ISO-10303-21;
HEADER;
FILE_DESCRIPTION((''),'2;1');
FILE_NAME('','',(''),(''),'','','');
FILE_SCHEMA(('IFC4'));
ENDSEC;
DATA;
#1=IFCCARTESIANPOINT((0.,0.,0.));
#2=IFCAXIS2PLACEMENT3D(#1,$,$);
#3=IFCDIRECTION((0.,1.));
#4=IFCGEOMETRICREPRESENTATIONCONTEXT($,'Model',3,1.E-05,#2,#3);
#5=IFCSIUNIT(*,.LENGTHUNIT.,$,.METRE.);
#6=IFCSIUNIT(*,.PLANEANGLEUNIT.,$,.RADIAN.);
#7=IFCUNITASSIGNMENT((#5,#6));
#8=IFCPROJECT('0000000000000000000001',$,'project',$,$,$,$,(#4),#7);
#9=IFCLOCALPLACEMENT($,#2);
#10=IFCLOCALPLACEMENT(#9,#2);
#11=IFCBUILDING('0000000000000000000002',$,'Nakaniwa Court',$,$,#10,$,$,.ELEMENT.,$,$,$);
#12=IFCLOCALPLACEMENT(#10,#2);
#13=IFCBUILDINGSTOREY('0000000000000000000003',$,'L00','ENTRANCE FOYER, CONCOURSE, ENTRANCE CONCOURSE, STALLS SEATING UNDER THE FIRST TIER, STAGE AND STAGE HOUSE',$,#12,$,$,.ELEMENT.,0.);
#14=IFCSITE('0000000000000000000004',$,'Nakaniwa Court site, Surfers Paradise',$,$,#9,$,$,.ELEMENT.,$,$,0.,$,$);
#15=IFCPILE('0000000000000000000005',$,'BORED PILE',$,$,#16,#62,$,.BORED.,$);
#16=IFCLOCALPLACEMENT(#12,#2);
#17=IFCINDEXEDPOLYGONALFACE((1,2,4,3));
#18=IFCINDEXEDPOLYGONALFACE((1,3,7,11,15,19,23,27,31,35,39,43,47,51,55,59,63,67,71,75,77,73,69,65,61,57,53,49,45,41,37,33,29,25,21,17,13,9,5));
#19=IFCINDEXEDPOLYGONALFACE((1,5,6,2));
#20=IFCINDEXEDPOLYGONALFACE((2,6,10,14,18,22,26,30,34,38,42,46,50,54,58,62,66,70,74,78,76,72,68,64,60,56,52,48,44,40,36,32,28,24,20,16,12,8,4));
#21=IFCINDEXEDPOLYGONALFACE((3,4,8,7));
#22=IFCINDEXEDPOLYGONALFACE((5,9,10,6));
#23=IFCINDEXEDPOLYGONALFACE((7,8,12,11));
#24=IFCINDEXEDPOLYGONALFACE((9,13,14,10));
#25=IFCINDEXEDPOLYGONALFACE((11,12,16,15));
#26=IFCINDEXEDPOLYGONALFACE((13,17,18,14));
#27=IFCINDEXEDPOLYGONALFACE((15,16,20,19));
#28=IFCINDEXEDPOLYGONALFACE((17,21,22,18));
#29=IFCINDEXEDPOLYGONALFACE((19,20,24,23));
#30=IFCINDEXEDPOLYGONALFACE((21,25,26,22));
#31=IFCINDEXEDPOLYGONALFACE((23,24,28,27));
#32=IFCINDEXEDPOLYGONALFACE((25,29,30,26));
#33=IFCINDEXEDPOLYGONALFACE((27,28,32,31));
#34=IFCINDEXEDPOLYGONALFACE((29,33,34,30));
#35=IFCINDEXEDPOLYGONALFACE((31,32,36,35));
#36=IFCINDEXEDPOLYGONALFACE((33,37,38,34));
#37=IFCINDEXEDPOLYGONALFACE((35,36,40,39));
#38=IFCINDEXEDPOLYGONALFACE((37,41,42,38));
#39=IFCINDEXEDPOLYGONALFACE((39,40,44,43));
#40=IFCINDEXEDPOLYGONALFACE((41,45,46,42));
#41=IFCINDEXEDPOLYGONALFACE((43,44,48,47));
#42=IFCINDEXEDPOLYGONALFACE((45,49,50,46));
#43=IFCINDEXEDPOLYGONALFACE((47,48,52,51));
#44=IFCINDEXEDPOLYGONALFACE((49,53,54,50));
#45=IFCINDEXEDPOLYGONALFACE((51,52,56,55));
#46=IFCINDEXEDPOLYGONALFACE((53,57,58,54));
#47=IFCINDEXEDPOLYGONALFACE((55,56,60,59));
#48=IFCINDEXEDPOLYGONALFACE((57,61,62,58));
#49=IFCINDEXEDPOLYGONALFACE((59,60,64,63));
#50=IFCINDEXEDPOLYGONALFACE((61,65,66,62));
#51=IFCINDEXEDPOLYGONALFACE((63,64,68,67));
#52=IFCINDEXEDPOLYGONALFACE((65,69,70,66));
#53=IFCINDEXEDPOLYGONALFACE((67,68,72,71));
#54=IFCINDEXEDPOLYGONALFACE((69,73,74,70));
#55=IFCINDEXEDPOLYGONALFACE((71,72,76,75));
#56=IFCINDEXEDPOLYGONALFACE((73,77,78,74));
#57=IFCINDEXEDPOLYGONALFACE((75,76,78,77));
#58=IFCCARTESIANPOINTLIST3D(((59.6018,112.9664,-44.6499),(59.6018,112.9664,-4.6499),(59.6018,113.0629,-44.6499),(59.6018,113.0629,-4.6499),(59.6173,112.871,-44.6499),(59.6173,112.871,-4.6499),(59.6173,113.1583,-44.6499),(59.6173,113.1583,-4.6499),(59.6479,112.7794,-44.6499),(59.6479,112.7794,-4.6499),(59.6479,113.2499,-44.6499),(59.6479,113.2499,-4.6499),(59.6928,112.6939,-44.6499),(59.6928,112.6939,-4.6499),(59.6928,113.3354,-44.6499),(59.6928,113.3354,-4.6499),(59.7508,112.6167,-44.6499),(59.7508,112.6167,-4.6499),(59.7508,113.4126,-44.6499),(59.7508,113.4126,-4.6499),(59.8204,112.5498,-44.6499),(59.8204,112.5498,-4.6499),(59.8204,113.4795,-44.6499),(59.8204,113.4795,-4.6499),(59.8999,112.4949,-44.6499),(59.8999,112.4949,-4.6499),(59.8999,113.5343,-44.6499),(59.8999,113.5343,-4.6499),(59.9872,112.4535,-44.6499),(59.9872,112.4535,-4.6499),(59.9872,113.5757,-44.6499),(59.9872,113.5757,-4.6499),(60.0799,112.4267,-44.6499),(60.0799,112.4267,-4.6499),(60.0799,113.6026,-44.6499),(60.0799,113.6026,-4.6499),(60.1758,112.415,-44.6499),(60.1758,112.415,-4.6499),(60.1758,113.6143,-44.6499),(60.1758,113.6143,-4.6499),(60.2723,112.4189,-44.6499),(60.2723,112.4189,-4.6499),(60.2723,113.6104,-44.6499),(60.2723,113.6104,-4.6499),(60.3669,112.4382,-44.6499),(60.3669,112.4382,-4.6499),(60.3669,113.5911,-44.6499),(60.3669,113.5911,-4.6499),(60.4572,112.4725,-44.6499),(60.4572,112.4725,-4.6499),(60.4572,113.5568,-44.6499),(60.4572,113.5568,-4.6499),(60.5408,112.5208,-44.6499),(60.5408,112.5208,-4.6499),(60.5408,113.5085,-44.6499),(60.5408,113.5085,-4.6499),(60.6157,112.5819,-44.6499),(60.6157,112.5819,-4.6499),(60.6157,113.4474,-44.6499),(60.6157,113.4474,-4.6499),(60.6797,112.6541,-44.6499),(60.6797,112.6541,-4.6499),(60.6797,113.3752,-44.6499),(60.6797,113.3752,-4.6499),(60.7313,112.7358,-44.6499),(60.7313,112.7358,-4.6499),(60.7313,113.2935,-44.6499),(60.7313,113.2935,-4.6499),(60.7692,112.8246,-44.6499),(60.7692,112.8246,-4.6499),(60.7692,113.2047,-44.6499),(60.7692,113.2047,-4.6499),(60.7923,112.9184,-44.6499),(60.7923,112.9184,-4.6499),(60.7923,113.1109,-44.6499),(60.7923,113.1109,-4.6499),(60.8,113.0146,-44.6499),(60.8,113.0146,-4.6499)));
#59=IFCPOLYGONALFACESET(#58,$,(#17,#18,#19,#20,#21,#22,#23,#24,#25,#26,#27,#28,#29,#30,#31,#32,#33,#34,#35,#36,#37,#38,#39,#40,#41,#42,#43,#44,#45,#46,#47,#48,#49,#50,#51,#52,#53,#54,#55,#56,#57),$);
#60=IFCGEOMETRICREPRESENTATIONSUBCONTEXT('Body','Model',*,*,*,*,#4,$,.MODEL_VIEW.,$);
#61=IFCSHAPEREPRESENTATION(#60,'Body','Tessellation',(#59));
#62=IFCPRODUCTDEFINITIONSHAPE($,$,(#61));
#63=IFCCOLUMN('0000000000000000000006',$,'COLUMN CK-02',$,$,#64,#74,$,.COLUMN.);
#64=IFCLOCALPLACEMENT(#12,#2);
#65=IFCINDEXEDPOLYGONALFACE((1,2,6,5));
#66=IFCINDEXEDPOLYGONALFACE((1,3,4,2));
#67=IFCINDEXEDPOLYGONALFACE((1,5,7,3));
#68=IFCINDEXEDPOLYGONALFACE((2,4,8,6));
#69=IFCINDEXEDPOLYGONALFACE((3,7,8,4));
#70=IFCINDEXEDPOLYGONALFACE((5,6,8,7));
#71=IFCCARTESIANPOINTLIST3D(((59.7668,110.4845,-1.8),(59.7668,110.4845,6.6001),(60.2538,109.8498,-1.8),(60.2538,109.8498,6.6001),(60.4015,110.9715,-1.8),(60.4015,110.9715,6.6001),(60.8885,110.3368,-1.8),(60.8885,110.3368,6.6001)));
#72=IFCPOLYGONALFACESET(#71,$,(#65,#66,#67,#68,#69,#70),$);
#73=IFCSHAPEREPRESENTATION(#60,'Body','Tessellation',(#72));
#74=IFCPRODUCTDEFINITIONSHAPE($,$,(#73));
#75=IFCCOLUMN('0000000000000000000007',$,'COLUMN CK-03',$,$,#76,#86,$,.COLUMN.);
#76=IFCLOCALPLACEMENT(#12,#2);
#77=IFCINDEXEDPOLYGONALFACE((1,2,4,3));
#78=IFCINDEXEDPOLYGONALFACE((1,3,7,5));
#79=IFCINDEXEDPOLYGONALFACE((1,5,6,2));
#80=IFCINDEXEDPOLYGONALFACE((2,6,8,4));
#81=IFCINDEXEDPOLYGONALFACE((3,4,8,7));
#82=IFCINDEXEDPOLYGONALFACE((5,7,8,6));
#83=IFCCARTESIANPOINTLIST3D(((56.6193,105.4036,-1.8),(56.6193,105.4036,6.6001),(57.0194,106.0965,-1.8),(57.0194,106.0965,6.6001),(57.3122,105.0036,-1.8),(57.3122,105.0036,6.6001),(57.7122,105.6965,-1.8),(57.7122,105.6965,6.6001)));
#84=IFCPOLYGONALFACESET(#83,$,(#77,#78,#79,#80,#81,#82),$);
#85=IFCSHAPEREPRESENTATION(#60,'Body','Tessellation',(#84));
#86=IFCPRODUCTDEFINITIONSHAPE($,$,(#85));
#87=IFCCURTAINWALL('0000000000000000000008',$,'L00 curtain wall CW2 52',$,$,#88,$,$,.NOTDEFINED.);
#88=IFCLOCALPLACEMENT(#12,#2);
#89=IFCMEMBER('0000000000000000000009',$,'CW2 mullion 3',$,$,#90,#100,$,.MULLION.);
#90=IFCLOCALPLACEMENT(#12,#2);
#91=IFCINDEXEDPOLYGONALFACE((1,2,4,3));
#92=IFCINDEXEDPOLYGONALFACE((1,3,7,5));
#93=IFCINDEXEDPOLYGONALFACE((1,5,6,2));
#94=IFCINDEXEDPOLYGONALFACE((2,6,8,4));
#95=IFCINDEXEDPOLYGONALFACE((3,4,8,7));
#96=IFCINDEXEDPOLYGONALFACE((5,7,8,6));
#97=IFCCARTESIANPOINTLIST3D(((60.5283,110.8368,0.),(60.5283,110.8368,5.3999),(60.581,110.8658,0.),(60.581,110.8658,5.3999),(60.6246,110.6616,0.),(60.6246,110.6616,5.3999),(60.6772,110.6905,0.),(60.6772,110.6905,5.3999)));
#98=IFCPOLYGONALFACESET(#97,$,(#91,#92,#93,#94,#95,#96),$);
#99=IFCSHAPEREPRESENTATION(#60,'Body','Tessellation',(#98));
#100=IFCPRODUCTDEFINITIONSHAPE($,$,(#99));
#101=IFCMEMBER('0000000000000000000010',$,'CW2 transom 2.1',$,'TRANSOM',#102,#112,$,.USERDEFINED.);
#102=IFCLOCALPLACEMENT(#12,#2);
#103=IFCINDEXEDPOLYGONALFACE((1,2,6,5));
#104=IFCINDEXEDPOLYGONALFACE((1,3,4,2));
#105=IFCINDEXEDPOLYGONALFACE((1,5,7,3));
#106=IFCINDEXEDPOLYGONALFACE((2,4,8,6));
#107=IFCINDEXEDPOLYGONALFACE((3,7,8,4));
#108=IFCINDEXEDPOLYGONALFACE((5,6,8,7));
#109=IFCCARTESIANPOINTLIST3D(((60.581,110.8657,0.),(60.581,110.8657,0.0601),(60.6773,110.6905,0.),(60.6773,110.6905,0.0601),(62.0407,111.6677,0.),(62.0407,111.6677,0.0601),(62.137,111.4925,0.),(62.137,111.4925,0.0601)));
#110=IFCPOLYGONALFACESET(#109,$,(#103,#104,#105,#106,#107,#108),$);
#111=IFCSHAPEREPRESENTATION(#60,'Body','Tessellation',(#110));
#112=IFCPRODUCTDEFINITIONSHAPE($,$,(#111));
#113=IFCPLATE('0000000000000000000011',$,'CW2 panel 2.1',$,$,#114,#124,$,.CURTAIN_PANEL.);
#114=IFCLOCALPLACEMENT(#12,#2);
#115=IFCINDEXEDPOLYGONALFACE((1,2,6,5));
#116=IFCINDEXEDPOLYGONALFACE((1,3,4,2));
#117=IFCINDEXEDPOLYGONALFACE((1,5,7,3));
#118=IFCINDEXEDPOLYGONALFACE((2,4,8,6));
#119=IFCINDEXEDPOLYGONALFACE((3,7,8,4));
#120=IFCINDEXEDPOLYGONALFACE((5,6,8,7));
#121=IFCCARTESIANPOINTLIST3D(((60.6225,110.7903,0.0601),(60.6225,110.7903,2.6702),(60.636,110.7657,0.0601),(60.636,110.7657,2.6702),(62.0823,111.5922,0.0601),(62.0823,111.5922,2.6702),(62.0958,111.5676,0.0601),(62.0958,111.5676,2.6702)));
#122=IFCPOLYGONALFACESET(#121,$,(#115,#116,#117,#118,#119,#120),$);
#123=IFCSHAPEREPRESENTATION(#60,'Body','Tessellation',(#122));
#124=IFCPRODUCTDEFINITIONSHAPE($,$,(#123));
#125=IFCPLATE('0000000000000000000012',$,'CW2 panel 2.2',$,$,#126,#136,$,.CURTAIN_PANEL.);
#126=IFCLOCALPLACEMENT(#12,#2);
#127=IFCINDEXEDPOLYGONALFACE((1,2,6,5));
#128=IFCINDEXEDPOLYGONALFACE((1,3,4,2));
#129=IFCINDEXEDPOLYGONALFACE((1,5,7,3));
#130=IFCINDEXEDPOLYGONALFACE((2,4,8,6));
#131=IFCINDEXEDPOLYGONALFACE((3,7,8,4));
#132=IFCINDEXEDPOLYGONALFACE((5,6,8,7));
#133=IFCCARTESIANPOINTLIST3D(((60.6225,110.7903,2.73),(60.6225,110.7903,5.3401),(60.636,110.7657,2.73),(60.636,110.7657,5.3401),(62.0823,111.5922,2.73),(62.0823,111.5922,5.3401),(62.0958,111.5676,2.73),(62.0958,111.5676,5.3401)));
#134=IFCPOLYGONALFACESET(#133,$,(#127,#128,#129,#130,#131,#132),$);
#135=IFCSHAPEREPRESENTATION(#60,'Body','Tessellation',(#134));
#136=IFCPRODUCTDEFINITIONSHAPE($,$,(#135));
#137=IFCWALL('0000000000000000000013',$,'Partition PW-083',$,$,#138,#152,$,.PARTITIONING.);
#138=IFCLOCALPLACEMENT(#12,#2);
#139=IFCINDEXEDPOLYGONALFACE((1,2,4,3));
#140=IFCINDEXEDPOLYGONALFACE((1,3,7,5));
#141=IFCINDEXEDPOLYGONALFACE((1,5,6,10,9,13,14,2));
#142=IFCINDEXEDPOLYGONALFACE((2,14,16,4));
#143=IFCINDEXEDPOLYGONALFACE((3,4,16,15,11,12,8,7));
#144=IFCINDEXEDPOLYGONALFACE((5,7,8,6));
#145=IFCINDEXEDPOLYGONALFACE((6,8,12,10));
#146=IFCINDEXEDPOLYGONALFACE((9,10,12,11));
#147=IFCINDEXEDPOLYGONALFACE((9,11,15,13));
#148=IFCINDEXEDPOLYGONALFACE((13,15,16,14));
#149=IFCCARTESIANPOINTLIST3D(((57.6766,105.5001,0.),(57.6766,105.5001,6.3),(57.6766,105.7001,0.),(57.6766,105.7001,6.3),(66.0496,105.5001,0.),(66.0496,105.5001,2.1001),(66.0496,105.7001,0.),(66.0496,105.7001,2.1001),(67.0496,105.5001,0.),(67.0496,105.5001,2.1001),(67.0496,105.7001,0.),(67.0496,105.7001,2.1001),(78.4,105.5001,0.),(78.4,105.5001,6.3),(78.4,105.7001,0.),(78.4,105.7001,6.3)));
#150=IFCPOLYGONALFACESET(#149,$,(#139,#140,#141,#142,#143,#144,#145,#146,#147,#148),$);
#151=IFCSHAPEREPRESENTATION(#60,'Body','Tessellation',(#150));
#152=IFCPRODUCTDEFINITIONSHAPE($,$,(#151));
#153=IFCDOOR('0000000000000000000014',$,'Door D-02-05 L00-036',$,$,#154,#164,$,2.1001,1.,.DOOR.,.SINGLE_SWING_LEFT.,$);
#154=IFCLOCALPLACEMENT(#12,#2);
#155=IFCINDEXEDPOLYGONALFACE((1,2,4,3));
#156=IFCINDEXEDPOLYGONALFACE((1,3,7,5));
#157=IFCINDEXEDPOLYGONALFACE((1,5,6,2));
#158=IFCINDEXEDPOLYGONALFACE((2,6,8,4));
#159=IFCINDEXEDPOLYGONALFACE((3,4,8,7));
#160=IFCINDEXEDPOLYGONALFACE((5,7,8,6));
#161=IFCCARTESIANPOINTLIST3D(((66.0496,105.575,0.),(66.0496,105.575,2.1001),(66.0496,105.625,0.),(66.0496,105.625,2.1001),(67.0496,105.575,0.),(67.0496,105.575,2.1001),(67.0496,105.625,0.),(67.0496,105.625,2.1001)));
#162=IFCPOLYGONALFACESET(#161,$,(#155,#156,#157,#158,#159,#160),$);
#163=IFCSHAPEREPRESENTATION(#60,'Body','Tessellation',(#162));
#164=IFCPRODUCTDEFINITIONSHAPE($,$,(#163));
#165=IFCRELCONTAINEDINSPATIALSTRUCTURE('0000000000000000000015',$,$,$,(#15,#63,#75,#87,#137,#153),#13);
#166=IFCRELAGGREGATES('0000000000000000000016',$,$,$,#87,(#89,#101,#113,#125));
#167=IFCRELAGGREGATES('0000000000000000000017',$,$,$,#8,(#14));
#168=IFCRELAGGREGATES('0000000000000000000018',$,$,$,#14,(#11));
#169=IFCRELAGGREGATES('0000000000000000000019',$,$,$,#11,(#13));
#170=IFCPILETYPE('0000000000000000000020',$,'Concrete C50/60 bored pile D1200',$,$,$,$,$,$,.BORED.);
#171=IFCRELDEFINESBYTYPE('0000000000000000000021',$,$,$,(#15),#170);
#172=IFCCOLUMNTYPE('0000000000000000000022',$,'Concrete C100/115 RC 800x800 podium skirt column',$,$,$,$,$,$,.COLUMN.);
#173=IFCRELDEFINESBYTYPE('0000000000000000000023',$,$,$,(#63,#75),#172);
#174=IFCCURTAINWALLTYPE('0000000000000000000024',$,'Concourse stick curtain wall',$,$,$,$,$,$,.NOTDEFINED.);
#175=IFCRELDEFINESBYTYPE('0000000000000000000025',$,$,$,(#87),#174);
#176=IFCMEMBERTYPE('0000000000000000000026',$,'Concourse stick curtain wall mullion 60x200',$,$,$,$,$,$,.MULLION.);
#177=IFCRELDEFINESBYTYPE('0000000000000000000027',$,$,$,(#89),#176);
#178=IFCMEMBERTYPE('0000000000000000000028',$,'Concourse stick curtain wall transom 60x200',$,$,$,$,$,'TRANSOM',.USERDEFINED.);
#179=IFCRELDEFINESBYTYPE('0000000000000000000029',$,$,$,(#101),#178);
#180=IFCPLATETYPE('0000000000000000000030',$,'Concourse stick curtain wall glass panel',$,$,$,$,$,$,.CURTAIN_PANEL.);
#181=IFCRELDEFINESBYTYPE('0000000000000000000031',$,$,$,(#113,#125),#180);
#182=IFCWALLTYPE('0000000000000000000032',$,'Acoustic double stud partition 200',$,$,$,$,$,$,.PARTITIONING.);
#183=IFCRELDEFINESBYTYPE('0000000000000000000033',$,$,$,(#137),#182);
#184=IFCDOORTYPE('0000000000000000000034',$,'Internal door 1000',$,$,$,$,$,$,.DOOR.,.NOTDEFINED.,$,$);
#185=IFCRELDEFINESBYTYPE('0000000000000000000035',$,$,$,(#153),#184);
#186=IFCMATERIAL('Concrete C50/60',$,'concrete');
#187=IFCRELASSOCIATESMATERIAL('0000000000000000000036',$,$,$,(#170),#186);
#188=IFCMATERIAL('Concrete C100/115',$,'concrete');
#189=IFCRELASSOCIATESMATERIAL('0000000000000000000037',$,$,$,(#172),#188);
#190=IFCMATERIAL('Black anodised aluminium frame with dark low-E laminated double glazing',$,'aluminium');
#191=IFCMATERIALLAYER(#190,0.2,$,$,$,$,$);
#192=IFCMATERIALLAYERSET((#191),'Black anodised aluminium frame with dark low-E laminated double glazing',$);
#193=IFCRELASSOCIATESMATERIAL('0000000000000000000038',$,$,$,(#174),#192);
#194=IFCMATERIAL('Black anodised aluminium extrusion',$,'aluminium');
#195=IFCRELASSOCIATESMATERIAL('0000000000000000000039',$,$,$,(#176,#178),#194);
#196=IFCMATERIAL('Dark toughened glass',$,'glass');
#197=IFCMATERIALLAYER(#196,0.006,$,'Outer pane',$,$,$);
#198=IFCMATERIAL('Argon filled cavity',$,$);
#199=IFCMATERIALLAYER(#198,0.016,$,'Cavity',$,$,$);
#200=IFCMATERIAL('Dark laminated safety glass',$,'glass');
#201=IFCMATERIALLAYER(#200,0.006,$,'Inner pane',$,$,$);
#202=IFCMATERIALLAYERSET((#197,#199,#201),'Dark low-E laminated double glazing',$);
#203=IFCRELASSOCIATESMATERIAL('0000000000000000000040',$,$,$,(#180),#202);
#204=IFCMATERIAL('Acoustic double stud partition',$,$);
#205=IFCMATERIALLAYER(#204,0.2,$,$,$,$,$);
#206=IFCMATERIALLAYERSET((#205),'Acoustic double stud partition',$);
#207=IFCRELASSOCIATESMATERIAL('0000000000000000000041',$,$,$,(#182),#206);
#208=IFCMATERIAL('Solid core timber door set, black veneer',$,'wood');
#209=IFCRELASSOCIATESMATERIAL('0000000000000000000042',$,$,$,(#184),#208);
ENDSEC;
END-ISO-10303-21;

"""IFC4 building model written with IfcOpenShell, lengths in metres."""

from ifc_helpers import new_model, si_unit, direction, frame, frame_2d, origin, origin_2d, place, context, subcontext, project, spatial, rectangle, circle, extrude, material, layer, layer_set, material_profile, profile_set, type_object, element, fill, aggregate, save


model = new_model("IFC4")

# Units and contexts
model_context = context("Model", 3, precision=1e-05, world=origin(), true_north=direction((0.0, 1.0)))
body_context = subcontext(model_context, "Body", "Model", "MODEL_VIEW")
ifc_project = project(units=[si_unit("LENGTHUNIT", "METRE"), si_unit("PLANEANGLEUNIT", "RADIAN")], contexts=[model_context])

# Site, building, storey
site_placement = place(None, origin())
site = spatial("IfcSite", under=ifc_project, at=site_placement, Name="Nakaniwa Court site, Surfers Paradise", CompositionType="ELEMENT", RefElevation=0.0)
building_placement = place(site_placement, origin())
building = spatial("IfcBuilding", under=site, at=building_placement, Name="Nakaniwa Court", CompositionType="ELEMENT")
storey_placement = place(building_placement, origin())
storey = spatial("IfcBuildingStorey", under=building, at=storey_placement, Name="L00", Description="ENTRANCE FOYER, CONCOURSE, ENTRANCE CONCOURSE, STALLS SEATING UNDER THE FIRST TIER, STAGE AND STAGE HOUSE", CompositionType="ELEMENT", Elevation=0.0)

# Pile
ifc_material_1 = material(Name="Concrete C50/60", Category="concrete")
ifc_material_profile_1 = material_profile(ifc_material_1, circle(Radius=0.6001, at=origin_2d()), Name="Concrete C50/60 bored pile D1200")
ifc_profile_set_1 = profile_set([ifc_material_profile_1], Name="Concrete C50/60")
pile_type = type_object("IfcPileType", Name="Concrete C50/60 bored pile D1200", PredefinedType="BORED", material=ifc_profile_set_1)
for number, where, z_axis, x_axis, name in (
    (1, (60.2, 113.0146, -4.6499), (0.0, 0.0, -1.0), (1.0, 0.0, 0.0), "BORED PILE"),
):
    element("IfcPile", number, at=place(storey_placement, frame(where, z_axis=z_axis, x_axis=x_axis)), inside=storey, type_object=pile_type, Name=name, PredefinedType="BORED", context=body_context, shape_type="SweptSolid", body=[
        extrude(circle(Radius=0.6001, at=origin_2d()), origin(), (0.0, 0.0, 1.0), 40.0),
    ])

# Columns
ifc_material_2 = material(Name="Concrete C100/115", Category="concrete")
ifc_material_profile_2 = material_profile(ifc_material_2, rectangle(XDim=0.8, YDim=0.8, at=origin_2d()), Name="Concrete C100/115 RC 800x800 podium skirt column")
ifc_profile_set_2 = profile_set([ifc_material_profile_2], Name="Concrete C100/115")
column_type = type_object("IfcColumnType", Name="Concrete C100/115 RC 800x800 podium skirt column", PredefinedType="COLUMN", material=ifc_profile_set_2)
for number, where, z_axis, x_axis, name in (
    (2, (60.3276, 110.4106, -1.8), (0.0, 0.0, 1.0), (-0.793353, -0.608761, 0.0), "COLUMN CK-02"),
    (3, (57.1658, 105.55, -1.8), (0.0, 0.0, 1.0), (-0.5, -0.866025, 0.0), "COLUMN CK-03"),
):
    element("IfcColumn", number, at=place(storey_placement, frame(where, z_axis=z_axis, x_axis=x_axis)), inside=storey, type_object=column_type, Name=name, PredefinedType="COLUMN", context=body_context, shape_type="SweptSolid", body=[
        extrude(rectangle(XDim=0.8, YDim=0.8, at=origin_2d()), origin(), (0.0, 0.0, 1.0), 8.4001),
    ])

# Curtain wall, members, plates
ifc_material_3 = material(Name="Black anodised aluminium frame with dark low-E laminated double glazing", Category="aluminium")
ifc_layer_1 = layer(ifc_material_3, 0.2)
ifc_layer_set_1 = layer_set([ifc_layer_1], Name="Black anodised aluminium frame with dark low-E laminated double glazing")
curtain_wall_type = type_object("IfcCurtainWallType", Name="Concourse stick curtain wall", PredefinedType="NOTDEFINED", material=ifc_layer_set_1)
curtain_wall_placement = place(storey_placement, origin())
curtain_wall = element("IfcCurtainWall", 4, at=curtain_wall_placement, inside=storey, type_object=curtain_wall_type, Name="L00 curtain wall CW2 52", PredefinedType="NOTDEFINED")
ifc_material_4 = material(Name="Black anodised aluminium extrusion", Category="aluminium")
ifc_material_profile_3 = material_profile(ifc_material_4, rectangle(XDim=0.2, YDim=0.0601, at=origin_2d()), Name="Concourse stick curtain wall mullion 60x200")
ifc_profile_set_3 = profile_set([ifc_material_profile_3], Name="Black anodised aluminium extrusion")
member_type_1 = type_object("IfcMemberType", Name="Concourse stick curtain wall mullion 60x200", PredefinedType="MULLION", material=ifc_profile_set_3)
member_1_placement = place(storey_placement, frame((60.6028, 110.7637, 0.0), z_axis=(0.0, 0.0, 1.0), x_axis=(0.481424, -0.876488, 0.0)))
member_1 = element("IfcMember", 5, at=member_1_placement, type_object=member_type_1, Name="CW2 mullion 3", PredefinedType="MULLION", context=body_context, shape_type="SweptSolid", body=[
    extrude(rectangle(XDim=0.2, YDim=0.0601, at=origin_2d()), origin(), (0.0, 0.0, 1.0), 5.3999),
])
ifc_material_profile_4 = material_profile(ifc_material_4, rectangle(XDim=0.2, YDim=0.0601, at=origin_2d()), Name="Concourse stick curtain wall transom 60x200")
ifc_profile_set_4 = profile_set([ifc_material_profile_4], Name="Black anodised aluminium extrusion")
member_type_2 = type_object("IfcMemberType", Name="Concourse stick curtain wall transom 60x200", ElementType="TRANSOM", PredefinedType="USERDEFINED", material=ifc_profile_set_4)
member_2_placement = place(storey_placement, frame((62.0889, 111.5801, 0.03), z_axis=(-0.876429, -0.48153, 0.0), x_axis=(0.48153, -0.876429, 0.0)))
member_2 = element("IfcMember", 6, at=member_2_placement, type_object=member_type_2, Name="CW2 transom 2.1", ObjectType="TRANSOM", PredefinedType="USERDEFINED", context=body_context, shape_type="SweptSolid", body=[
    extrude(rectangle(XDim=0.2, YDim=0.0601, at=origin_2d()), origin(), (0.0, 0.0, 1.0), 1.6655),
])
ifc_material_5 = material(Name="Dark toughened glass", Category="glass")
ifc_layer_2 = layer(ifc_material_5, 0.006, Name="Outer pane")
ifc_material_6 = material(Name="Argon filled cavity")
ifc_layer_3 = layer(ifc_material_6, 0.016, Name="Cavity")
ifc_material_7 = material(Name="Dark laminated safety glass", Category="glass")
ifc_layer_4 = layer(ifc_material_7, 0.006, Name="Inner pane")
ifc_layer_set_2 = layer_set([ifc_layer_2, ifc_layer_3, ifc_layer_4], Name="Dark low-E laminated double glazing")
plate_type = type_object("IfcPlateType", Name="Concourse stick curtain wall glass panel", PredefinedType="CURTAIN_PANEL", material=ifc_layer_set_2)
plate_1_placement = place(storey_placement, frame((61.3591, 111.179, 0.0601), z_axis=(0.0, 0.0, 1.0), x_axis=(-0.876488, -0.481424, 0.0)))
plate_1 = element("IfcPlate", 7, at=plate_1_placement, type_object=plate_type, Name="CW2 panel 2.1", PredefinedType="CURTAIN_PANEL", context=body_context, shape_type="SweptSolid", body=[
    extrude(rectangle(XDim=1.6655, YDim=0.0281, at=origin_2d()), origin(), (0.0, 0.0, 1.0), 2.6101),
])
plate_2_placement = place(storey_placement, frame((61.3591, 111.179, 2.73), z_axis=(0.0, 0.0, 1.0), x_axis=(-0.876488, -0.481424, 0.0)))
plate_2 = element("IfcPlate", 8, at=plate_2_placement, type_object=plate_type, Name="CW2 panel 2.2", PredefinedType="CURTAIN_PANEL", context=body_context, shape_type="SweptSolid", body=[
    extrude(rectangle(XDim=1.6655, YDim=0.0281, at=origin_2d()), origin(), (0.0, 0.0, 1.0), 2.6101),
])
aggregate(curtain_wall, [member_1, member_2, plate_1, plate_2])

# Wall, opening, door
ifc_material_8 = material(Name="Acoustic double stud partition")
ifc_layer_5 = layer(ifc_material_8, 0.2)
ifc_layer_set_3 = layer_set([ifc_layer_5], Name="Acoustic double stud partition")
wall_type_1 = type_object("IfcWallType", Name="Acoustic double stud partition 200", PredefinedType="PARTITIONING", material=ifc_layer_set_3)
wall_1_placement = place(storey_placement, frame((57.6765, 105.6001, 0.0), z_axis=(0.0, 0.0, 1.0), x_axis=(1.0, 0.0, 0.0)))
wall_1 = element("IfcWall", 9, at=wall_1_placement, inside=storey, type_object=wall_type_1, Name="Partition PW-083", PredefinedType="PARTITIONING", context=body_context, shape_type="SweptSolid", body=[
    extrude(rectangle(XDim=20.7234, YDim=0.2, at=frame_2d((10.3618, 0.0))), origin(), (0.0, 0.0, 1.0), 6.3),
])
opening_1_placement = place(wall_1_placement, frame((8.373, 0.0, 0.0)))
opening_1 = element("IfcOpeningElement", 10, at=opening_1_placement, cuts=wall_1, PredefinedType="OPENING", context=body_context, shape_type="SweptSolid", body=[
    extrude(rectangle(XDim=1.0, YDim=2.1001, at=frame_2d((0.5, 1.05))), frame((0.0, 0.1099, 0.0), z_axis=(0.0, -1.0, 0.0), x_axis=(1.0, 0.0, 0.0)), (0.0, 0.0, 1.0), 0.22),
])
ifc_material_9 = material(Name="Solid core timber door set, black veneer", Category="wood")
door_type_1 = type_object("IfcDoorType", Name="Internal door 1000", OperationType="NOTDEFINED", PredefinedType="DOOR", material=ifc_material_9)
door_1_placement = place(opening_1_placement, origin())
door_1 = element("IfcDoor", 11, at=door_1_placement, inside=storey, type_object=door_type_1, Name="Door D-02-05 L00-036", OperationType="SINGLE_SWING_LEFT", OverallHeight=2.1001, OverallWidth=1.0, PredefinedType="DOOR", context=body_context, shape_type="SweptSolid", body=[
    extrude(rectangle(XDim=1.0, YDim=2.1001, at=frame_2d((0.5, 1.05))), frame((0.0, 0.0249, 0.0), z_axis=(0.0, -1.0, 0.0), x_axis=(1.0, 0.0, 0.0)), (0.0, 0.0, 1.0), 0.05),
])
fill(opening_1, door_1)

save(model, "model.ifc")
